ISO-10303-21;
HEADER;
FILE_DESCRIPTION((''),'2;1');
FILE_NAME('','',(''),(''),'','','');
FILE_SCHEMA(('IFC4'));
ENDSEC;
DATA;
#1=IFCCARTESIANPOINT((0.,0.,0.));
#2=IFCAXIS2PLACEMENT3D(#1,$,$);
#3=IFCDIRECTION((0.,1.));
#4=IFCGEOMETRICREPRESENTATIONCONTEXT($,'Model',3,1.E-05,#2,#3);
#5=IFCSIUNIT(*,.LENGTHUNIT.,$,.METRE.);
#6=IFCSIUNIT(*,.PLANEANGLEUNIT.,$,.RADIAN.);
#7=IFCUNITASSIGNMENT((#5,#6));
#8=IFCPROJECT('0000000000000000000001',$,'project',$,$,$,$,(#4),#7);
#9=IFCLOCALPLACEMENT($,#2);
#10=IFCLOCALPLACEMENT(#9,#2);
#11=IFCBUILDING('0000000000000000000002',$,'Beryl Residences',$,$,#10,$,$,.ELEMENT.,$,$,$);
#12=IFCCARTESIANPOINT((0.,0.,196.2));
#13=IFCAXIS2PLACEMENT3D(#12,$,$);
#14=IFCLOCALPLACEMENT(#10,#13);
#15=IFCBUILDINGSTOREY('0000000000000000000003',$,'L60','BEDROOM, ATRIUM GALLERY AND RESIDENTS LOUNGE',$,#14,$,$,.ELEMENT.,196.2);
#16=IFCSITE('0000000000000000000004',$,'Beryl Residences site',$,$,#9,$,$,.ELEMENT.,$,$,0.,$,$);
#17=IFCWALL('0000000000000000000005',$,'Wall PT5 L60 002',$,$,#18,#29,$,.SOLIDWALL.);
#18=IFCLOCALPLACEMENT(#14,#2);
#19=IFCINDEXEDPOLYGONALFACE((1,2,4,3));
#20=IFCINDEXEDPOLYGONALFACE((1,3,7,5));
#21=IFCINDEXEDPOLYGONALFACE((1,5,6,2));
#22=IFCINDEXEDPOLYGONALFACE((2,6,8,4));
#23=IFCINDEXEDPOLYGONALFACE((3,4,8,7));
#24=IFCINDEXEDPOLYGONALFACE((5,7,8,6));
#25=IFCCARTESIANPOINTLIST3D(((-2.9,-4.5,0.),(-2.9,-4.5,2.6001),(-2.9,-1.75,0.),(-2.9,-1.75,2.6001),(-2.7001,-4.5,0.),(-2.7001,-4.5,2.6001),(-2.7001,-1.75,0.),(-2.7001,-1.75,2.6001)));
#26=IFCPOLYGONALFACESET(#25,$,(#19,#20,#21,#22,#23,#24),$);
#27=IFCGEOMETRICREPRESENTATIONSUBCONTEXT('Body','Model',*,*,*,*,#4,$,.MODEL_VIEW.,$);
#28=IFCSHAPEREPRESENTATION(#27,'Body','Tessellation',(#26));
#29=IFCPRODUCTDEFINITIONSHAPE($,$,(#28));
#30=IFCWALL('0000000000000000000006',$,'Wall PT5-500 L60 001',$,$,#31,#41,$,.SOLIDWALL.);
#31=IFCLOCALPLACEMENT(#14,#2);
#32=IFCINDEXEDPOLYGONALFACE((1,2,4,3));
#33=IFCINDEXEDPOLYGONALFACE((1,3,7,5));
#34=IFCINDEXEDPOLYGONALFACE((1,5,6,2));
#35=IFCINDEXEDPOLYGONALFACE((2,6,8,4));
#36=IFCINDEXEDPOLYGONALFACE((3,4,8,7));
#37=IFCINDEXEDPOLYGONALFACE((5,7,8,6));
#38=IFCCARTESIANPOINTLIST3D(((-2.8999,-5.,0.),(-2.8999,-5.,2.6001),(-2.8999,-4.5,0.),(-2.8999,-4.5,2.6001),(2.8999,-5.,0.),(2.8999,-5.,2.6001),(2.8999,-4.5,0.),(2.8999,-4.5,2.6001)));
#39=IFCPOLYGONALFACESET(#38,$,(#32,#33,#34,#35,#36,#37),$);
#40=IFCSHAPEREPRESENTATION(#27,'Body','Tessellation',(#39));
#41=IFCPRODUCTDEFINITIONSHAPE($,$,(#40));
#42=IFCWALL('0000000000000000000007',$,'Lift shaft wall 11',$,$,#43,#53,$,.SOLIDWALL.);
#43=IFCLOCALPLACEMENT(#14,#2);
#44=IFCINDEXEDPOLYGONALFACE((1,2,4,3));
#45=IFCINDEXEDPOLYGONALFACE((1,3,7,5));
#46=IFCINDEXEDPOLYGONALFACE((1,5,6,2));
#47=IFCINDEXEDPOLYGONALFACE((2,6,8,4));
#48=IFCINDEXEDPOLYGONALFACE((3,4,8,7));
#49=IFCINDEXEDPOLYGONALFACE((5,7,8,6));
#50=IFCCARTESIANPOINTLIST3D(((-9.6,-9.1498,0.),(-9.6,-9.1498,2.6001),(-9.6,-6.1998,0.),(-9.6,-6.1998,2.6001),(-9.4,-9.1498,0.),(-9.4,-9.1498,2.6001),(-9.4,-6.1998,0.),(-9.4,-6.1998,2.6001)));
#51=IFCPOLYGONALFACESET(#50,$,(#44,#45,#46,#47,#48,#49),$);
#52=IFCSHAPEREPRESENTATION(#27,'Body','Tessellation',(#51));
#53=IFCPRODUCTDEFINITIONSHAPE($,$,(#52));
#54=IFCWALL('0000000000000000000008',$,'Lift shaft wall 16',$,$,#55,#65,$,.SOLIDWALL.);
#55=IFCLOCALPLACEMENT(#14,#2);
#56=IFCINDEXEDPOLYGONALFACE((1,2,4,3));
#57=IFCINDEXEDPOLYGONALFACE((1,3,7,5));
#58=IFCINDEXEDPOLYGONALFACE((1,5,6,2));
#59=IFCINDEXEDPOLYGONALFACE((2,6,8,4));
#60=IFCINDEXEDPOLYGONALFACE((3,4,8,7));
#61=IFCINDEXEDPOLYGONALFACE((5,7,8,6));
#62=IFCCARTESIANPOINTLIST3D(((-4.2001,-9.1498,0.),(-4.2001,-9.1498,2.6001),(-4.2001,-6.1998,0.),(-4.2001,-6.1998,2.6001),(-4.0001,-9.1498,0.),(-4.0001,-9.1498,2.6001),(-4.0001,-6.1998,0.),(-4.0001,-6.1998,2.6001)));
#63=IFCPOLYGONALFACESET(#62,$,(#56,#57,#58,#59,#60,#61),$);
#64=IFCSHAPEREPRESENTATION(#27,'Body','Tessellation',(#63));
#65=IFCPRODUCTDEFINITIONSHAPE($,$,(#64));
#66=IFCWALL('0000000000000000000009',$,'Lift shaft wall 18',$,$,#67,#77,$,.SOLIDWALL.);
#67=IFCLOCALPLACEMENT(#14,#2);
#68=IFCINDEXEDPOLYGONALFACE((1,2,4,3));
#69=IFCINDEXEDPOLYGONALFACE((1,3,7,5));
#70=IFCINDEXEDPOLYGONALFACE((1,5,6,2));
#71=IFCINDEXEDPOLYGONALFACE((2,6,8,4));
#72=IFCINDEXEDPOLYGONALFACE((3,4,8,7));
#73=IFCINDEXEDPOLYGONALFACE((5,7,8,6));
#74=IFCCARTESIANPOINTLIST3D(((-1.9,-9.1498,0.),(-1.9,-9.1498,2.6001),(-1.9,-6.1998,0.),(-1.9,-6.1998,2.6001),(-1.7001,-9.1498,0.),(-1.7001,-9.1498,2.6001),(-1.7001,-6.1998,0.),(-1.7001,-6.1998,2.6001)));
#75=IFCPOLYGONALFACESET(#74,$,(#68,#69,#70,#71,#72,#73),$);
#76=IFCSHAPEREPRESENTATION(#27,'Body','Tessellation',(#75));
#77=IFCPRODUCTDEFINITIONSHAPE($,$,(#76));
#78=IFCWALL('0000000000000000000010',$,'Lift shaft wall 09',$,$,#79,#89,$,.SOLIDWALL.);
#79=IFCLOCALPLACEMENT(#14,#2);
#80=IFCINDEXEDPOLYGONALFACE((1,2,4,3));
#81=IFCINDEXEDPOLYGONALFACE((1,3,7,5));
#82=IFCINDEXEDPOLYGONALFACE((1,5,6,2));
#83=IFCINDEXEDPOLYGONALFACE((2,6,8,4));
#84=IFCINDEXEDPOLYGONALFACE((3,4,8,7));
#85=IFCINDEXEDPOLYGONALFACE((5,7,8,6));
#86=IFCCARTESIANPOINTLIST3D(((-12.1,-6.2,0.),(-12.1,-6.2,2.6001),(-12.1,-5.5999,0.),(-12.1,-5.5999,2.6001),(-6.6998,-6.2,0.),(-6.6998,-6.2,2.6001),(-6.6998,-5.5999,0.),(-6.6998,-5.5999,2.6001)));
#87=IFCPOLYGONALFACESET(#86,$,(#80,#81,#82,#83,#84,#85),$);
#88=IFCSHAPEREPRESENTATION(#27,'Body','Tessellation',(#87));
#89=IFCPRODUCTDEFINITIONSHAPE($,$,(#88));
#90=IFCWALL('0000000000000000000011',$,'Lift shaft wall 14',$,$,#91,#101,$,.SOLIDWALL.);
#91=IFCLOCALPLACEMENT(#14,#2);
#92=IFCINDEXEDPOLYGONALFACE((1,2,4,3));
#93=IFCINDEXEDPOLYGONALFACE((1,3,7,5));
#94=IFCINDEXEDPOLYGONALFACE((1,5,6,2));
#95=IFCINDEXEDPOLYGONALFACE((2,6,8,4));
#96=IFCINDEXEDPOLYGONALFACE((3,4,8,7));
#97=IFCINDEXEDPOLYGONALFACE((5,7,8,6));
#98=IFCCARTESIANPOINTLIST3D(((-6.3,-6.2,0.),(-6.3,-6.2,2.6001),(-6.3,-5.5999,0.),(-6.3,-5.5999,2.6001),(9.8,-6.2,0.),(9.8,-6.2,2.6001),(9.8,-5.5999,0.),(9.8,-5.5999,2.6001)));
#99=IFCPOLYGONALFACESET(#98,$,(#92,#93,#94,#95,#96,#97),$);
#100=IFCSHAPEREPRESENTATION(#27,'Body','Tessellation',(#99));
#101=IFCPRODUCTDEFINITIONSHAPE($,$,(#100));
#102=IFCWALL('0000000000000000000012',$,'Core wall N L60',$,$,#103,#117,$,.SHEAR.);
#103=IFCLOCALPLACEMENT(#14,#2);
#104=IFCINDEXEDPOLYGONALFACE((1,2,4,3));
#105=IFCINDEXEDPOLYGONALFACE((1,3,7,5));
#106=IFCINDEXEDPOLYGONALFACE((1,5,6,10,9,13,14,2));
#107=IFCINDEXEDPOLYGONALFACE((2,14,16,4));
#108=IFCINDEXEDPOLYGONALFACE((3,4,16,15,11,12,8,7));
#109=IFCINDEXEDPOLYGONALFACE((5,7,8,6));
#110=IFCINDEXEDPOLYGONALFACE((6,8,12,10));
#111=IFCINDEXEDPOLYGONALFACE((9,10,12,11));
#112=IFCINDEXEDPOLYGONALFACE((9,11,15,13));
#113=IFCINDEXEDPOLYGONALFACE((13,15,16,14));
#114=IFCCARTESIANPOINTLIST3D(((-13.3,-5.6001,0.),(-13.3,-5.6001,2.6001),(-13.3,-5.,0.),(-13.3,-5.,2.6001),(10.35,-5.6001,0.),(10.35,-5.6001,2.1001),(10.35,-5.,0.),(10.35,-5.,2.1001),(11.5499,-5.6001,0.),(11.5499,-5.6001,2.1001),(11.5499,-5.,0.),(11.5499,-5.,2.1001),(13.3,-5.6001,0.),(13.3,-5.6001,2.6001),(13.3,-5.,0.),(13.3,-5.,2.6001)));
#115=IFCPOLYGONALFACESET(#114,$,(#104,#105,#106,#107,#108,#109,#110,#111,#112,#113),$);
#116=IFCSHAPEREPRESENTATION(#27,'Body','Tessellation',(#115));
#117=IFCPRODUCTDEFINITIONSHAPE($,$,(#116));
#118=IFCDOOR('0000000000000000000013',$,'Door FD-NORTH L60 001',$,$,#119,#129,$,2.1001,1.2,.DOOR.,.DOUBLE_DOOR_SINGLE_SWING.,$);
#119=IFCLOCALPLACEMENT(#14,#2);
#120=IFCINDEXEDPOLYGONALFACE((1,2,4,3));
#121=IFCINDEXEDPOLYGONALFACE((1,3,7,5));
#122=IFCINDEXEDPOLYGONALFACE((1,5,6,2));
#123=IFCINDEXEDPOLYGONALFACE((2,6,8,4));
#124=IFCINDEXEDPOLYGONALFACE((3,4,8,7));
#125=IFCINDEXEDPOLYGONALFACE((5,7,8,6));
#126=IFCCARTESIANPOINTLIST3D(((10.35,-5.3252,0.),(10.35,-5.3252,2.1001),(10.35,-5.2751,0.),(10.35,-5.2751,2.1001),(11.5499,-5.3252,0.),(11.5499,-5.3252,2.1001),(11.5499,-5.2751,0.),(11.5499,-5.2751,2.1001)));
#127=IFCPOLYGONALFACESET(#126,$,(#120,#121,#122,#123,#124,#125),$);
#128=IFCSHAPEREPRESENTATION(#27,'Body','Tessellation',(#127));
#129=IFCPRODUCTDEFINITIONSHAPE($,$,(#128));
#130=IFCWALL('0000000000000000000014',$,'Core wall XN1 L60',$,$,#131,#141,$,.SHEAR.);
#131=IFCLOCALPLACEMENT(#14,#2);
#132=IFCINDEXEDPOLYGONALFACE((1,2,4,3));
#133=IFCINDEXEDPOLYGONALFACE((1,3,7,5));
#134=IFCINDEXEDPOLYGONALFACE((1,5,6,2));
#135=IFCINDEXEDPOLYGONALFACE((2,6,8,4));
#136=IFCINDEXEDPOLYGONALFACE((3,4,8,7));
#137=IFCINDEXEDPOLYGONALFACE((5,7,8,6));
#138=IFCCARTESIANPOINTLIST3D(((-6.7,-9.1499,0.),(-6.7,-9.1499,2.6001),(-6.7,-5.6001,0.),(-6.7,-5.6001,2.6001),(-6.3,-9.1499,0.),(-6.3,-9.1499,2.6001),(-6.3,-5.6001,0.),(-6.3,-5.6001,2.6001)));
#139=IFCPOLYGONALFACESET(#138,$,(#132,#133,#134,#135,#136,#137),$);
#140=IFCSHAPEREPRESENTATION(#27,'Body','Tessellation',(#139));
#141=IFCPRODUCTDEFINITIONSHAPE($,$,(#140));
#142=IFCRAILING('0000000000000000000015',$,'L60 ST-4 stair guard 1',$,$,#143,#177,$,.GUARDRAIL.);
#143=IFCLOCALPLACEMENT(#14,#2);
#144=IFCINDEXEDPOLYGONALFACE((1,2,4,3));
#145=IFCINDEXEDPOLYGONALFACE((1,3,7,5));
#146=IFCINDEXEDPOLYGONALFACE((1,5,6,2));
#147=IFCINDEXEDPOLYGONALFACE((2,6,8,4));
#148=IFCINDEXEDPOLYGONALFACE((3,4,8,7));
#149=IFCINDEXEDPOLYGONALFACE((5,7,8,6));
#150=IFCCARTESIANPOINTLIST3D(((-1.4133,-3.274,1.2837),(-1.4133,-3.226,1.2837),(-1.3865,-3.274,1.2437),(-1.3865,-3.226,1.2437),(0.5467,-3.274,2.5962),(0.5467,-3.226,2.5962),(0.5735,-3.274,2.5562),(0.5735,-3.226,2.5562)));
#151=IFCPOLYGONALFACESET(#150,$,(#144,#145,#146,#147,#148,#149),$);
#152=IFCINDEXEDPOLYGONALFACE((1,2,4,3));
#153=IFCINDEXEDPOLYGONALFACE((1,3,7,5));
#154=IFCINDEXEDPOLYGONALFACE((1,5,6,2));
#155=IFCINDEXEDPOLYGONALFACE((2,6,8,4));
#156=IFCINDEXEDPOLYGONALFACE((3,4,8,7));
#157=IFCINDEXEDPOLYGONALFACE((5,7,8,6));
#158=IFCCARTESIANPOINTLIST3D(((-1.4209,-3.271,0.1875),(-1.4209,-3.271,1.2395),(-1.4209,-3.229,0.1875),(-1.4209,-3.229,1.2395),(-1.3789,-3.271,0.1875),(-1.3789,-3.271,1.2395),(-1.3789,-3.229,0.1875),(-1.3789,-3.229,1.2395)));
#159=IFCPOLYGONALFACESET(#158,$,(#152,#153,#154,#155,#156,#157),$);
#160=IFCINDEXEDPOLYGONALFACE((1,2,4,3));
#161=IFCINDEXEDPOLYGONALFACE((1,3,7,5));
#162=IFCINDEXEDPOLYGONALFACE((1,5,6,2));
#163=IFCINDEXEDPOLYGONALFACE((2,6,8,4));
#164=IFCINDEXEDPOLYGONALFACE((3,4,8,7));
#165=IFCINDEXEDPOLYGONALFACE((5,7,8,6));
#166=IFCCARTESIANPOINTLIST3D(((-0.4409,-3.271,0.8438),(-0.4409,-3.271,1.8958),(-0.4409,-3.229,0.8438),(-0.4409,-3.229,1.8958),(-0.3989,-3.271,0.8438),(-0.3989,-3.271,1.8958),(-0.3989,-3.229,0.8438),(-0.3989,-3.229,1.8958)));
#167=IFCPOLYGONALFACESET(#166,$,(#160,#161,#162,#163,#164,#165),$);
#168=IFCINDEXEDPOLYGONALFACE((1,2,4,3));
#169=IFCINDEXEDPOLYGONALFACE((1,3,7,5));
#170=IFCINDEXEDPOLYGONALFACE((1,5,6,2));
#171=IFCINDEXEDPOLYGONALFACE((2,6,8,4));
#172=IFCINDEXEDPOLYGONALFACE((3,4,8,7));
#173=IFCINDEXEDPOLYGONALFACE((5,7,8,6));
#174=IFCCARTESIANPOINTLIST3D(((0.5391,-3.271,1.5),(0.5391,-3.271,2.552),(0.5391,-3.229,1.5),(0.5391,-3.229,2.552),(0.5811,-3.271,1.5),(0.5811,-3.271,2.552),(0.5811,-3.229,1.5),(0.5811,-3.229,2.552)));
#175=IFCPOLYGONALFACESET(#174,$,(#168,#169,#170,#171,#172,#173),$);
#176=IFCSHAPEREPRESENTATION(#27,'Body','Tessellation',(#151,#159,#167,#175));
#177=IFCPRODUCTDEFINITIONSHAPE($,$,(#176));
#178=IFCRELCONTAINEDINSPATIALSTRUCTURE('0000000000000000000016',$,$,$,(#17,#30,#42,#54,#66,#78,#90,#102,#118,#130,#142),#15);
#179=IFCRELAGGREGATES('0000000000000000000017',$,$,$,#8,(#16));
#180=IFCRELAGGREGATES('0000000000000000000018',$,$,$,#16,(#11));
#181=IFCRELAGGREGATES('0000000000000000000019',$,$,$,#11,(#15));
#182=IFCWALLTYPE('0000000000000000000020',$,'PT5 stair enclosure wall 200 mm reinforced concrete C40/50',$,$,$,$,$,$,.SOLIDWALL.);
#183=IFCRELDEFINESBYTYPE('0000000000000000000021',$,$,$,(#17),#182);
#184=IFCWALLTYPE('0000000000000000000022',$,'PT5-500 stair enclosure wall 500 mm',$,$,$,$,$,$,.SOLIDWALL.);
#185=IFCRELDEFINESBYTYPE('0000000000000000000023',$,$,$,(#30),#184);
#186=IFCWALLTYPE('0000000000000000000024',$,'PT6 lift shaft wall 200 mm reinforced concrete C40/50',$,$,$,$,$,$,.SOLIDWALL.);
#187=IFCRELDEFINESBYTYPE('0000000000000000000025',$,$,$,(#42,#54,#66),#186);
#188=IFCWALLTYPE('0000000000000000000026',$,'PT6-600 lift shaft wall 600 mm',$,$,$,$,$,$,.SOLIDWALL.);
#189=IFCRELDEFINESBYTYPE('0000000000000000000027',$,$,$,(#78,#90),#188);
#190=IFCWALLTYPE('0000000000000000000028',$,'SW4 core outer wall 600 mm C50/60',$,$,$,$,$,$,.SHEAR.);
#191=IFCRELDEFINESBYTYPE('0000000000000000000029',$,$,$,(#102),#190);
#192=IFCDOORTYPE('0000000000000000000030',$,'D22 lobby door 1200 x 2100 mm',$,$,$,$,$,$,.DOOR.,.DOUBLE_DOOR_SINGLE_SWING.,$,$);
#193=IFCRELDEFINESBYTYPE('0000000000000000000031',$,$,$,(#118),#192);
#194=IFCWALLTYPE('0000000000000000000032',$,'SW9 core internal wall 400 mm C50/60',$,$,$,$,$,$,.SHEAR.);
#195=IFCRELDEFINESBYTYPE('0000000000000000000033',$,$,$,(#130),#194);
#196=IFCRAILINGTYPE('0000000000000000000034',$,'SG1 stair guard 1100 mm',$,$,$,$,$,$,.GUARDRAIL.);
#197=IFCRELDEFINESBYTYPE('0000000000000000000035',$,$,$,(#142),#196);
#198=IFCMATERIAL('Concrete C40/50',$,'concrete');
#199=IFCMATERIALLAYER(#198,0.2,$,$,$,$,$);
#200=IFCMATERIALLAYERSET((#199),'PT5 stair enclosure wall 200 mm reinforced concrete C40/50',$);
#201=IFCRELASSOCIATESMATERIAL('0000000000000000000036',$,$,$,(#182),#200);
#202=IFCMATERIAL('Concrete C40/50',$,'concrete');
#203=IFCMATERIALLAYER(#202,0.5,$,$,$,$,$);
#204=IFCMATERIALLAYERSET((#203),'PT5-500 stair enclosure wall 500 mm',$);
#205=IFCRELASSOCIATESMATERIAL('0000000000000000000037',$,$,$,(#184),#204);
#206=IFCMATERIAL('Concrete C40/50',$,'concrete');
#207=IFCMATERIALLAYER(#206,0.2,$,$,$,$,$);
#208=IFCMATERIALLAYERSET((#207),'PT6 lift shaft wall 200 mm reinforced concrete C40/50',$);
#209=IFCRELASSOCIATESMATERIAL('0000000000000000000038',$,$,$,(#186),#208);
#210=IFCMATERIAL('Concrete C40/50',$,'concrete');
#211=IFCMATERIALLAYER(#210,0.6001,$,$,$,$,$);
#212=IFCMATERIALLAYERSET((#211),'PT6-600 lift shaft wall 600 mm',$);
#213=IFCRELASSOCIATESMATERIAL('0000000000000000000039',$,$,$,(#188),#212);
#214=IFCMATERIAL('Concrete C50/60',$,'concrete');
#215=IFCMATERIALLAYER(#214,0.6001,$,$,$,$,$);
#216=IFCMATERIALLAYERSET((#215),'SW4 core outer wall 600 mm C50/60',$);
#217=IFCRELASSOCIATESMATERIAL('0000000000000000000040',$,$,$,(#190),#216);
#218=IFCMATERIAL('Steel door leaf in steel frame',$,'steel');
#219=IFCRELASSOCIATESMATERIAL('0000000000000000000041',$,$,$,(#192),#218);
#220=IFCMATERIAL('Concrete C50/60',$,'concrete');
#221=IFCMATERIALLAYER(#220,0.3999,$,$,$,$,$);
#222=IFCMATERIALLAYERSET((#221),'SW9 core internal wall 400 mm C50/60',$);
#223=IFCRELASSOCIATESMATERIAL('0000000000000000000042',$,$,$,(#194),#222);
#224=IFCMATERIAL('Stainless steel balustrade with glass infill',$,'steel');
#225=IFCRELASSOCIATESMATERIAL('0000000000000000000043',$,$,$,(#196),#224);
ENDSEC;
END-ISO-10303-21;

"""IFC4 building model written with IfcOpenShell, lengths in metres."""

from ifc_helpers import new_model, si_unit, direction, frame, frame_2d, origin, origin_2d, place, context, subcontext, project, spatial, rectangle, extrude, material, layer, layer_set, type_object, element, fill, save


model = new_model("IFC4")

# Units and contexts
model_context = context("Model", 3, precision=1e-05, world=origin(), true_north=direction((0.0, 1.0)))
body_context = subcontext(model_context, "Body", "Model", "MODEL_VIEW")
ifc_project = project(units=[si_unit("LENGTHUNIT", "METRE"), si_unit("PLANEANGLEUNIT", "RADIAN")], contexts=[model_context])

# Site, building, storey
site_placement = place(None, origin())
site = spatial("IfcSite", under=ifc_project, at=site_placement, Name="Beryl Residences site", CompositionType="ELEMENT", RefElevation=0.0)
building_placement = place(site_placement, origin())
building = spatial("IfcBuilding", under=site, at=building_placement, Name="Beryl Residences", CompositionType="ELEMENT")
storey_placement = place(building_placement, frame((0.0, 0.0, 196.2)))
storey = spatial("IfcBuildingStorey", under=building, at=storey_placement, Name="L60", Description="BEDROOM, ATRIUM GALLERY AND RESIDENTS LOUNGE", CompositionType="ELEMENT", Elevation=196.2)

# Walls
ifc_material_1 = material(Name="Concrete C40/50", Category="concrete")
ifc_layer_1 = layer(ifc_material_1, 0.2)
ifc_layer_set_1 = layer_set([ifc_layer_1], Name="PT5 stair enclosure wall 200 mm reinforced concrete C40/50")
wall_type_1 = type_object("IfcWallType", Name="PT5 stair enclosure wall 200 mm reinforced concrete C40/50", PredefinedType="SOLIDWALL", material=ifc_layer_set_1)
wall_1_placement = place(storey_placement, frame((-2.8, -4.5, 0.0), z_axis=(0.0, 0.0, 1.0), x_axis=(0.0, 1.0, 0.0)))
element("IfcWall", 1, at=wall_1_placement, inside=storey, type_object=wall_type_1, Name="Wall PT5 L60 002", PredefinedType="SOLIDWALL", context=body_context, shape_type="SweptSolid", body=[
    extrude(rectangle(XDim=2.75, YDim=0.2, at=frame_2d((1.375, 0.0))), origin(), (0.0, 0.0, 1.0), 2.6001),
])
ifc_material_2 = material(Name="Concrete C40/50", Category="concrete")
ifc_layer_2 = layer(ifc_material_2, 0.5)
ifc_layer_set_2 = layer_set([ifc_layer_2], Name="PT5-500 stair enclosure wall 500 mm")
wall_type_2 = type_object("IfcWallType", Name="PT5-500 stair enclosure wall 500 mm", PredefinedType="SOLIDWALL", material=ifc_layer_set_2)
wall_2_placement = place(storey_placement, frame((-2.8999, -4.75, 0.0), z_axis=(0.0, 0.0, 1.0), x_axis=(1.0, 0.0, 0.0)))
element("IfcWall", 2, at=wall_2_placement, inside=storey, type_object=wall_type_2, Name="Wall PT5-500 L60 001", PredefinedType="SOLIDWALL", context=body_context, shape_type="SweptSolid", body=[
    extrude(rectangle(XDim=5.7998, YDim=0.5, at=frame_2d((2.8999, 0.0))), origin(), (0.0, 0.0, 1.0), 2.6001),
])
ifc_material_3 = material(Name="Concrete C40/50", Category="concrete")
ifc_layer_3 = layer(ifc_material_3, 0.2)
ifc_layer_set_3 = layer_set([ifc_layer_3], Name="PT6 lift shaft wall 200 mm reinforced concrete C40/50")
wall_type_3 = type_object("IfcWallType", Name="PT6 lift shaft wall 200 mm reinforced concrete C40/50", PredefinedType="SOLIDWALL", material=ifc_layer_set_3)
for number, where, z_axis, x_axis, name in (
    (3, (-9.5, -9.1499, 0.0), (0.0, 0.0, 1.0), (0.0, 1.0, 0.0), "Lift shaft wall 11"),
    (4, (-4.1001, -9.1499, 0.0), (0.0, 0.0, 1.0), (0.0, 1.0, 0.0), "Lift shaft wall 16"),
    (5, (-1.8, -9.1499, 0.0), (0.0, 0.0, 1.0), (0.0, 1.0, 0.0), "Lift shaft wall 18"),
):
    element("IfcWall", number, at=place(storey_placement, frame(where, z_axis=z_axis, x_axis=x_axis)), inside=storey, type_object=wall_type_3, Name=name, PredefinedType="SOLIDWALL", context=body_context, shape_type="SweptSolid", body=[
        extrude(rectangle(XDim=2.95, YDim=0.2, at=frame_2d((1.4751, 0.0))), origin(), (0.0, 0.0, 1.0), 2.6001),
    ])
ifc_material_4 = material(Name="Concrete C40/50", Category="concrete")
ifc_layer_4 = layer(ifc_material_4, 0.6001)
ifc_layer_set_4 = layer_set([ifc_layer_4], Name="PT6-600 lift shaft wall 600 mm")
wall_type_4 = type_object("IfcWallType", Name="PT6-600 lift shaft wall 600 mm", PredefinedType="SOLIDWALL", material=ifc_layer_set_4)
wall_3_placement = place(storey_placement, frame((-12.1001, -5.8999, 0.0), z_axis=(0.0, 0.0, 1.0), x_axis=(1.0, 0.0, 0.0)))
element("IfcWall", 6, at=wall_3_placement, inside=storey, type_object=wall_type_4, Name="Lift shaft wall 09", PredefinedType="SOLIDWALL", context=body_context, shape_type="SweptSolid", body=[
    extrude(rectangle(XDim=5.4001, YDim=0.6001, at=frame_2d((2.7002, 0.0))), origin(), (0.0, 0.0, 1.0), 2.6001),
])
wall_4_placement = place(storey_placement, frame((-6.3, -5.8999, 0.0), z_axis=(0.0, 0.0, 1.0), x_axis=(1.0, 0.0, 0.0)))
element("IfcWall", 7, at=wall_4_placement, inside=storey, type_object=wall_type_4, Name="Lift shaft wall 14", PredefinedType="SOLIDWALL", context=body_context, shape_type="SweptSolid", body=[
    extrude(rectangle(XDim=16.1001, YDim=0.6001, at=frame_2d((8.05, 0.0))), origin(), (0.0, 0.0, 1.0), 2.6001),
])

# Wall, opening, door
ifc_material_5 = material(Name="Concrete C50/60", Category="concrete")
ifc_layer_5 = layer(ifc_material_5, 0.6001)
ifc_layer_set_5 = layer_set([ifc_layer_5], Name="SW4 core outer wall 600 mm C50/60")
wall_type_5 = type_object("IfcWallType", Name="SW4 core outer wall 600 mm C50/60", PredefinedType="SHEAR", material=ifc_layer_set_5)
wall_5_placement = place(storey_placement, frame((-13.3, -5.3, 0.0), z_axis=(0.0, 0.0, 1.0), x_axis=(1.0, 0.0, 0.0)))
wall_5 = element("IfcWall", 8, at=wall_5_placement, inside=storey, type_object=wall_type_5, Name="Core wall N L60", PredefinedType="SHEAR", context=body_context, shape_type="SweptSolid", body=[
    extrude(rectangle(XDim=26.6001, YDim=0.6001, at=frame_2d((13.3, 0.0))), origin(), (0.0, 0.0, 1.0), 2.6001),
])
opening_placement = place(wall_5_placement, frame((23.6499, 0.0, 0.0)))
opening = element("IfcOpeningElement", 9, at=opening_placement, cuts=wall_5, PredefinedType="OPENING", context=body_context, shape_type="SweptSolid", body=[
    extrude(rectangle(XDim=1.2, YDim=2.1001, at=frame_2d((0.6001, 1.05))), frame((0.0, 0.3101, 0.0), z_axis=(0.0, -1.0, 0.0), x_axis=(1.0, 0.0, 0.0)), (0.0, 0.0, 1.0), 0.6201),
])
ifc_material_6 = material(Name="Steel door leaf in steel frame", Category="steel")
door_type = type_object("IfcDoorType", Name="D22 lobby door 1200 x 2100 mm", OperationType="DOUBLE_DOOR_SINGLE_SWING", PredefinedType="DOOR", material=ifc_material_6)
door_placement = place(opening_placement, origin())
door = element("IfcDoor", 10, at=door_placement, inside=storey, type_object=door_type, Name="Door FD-NORTH L60 001", OperationType="DOUBLE_DOOR_SINGLE_SWING", OverallHeight=2.1001, OverallWidth=1.2, PredefinedType="DOOR", context=body_context, shape_type="SweptSolid", body=[
    extrude(rectangle(XDim=1.2, YDim=2.1001, at=frame_2d((0.6001, 1.05))), frame((0.0, 0.0249, 0.0), z_axis=(0.0, -1.0, 0.0), x_axis=(1.0, 0.0, 0.0)), (0.0, 0.0, 1.0), 0.05),
])
fill(opening, door)

# Wall
ifc_material_7 = material(Name="Concrete C50/60", Category="concrete")
ifc_layer_6 = layer(ifc_material_7, 0.3999)
ifc_layer_set_6 = layer_set([ifc_layer_6], Name="SW9 core internal wall 400 mm C50/60")
wall_type_6 = type_object("IfcWallType", Name="SW9 core internal wall 400 mm C50/60", PredefinedType="SHEAR", material=ifc_layer_set_6)
wall_6_placement = place(storey_placement, frame((-6.5, -9.1499, 0.0), z_axis=(0.0, 0.0, 1.0), x_axis=(0.0, 1.0, 0.0)))
element("IfcWall", 11, at=wall_6_placement, inside=storey, type_object=wall_type_6, Name="Core wall XN1 L60", PredefinedType="SHEAR", context=body_context, shape_type="SweptSolid", body=[
    extrude(rectangle(XDim=3.5498, YDim=0.3999, at=frame_2d((1.7749, 0.0))), origin(), (0.0, 0.0, 1.0), 2.6001),
])

# Railing
ifc_material_8 = material(Name="Stainless steel balustrade with glass infill", Category="steel")
railing_type = type_object("IfcRailingType", Name="SG1 stair guard 1100 mm", PredefinedType="GUARDRAIL", material=ifc_material_8)
railing_1_placement = place(storey_placement, frame((-1.3999, -3.25, 0.1875)))
element("IfcRailing", 12, at=railing_1_placement, inside=storey, type_object=railing_type, Name="L60 ST-4 stair guard 1", PredefinedType="GUARDRAIL", context=body_context, shape_type="SweptSolid", body=[
    extrude(rectangle(XDim=0.0481, YDim=0.0481, at=origin_2d()), frame((0.0, 0.0, 1.0762), z_axis=(0.830902, 0.0, 0.556419), x_axis=(0.0, 1.0, 0.0)), (0.0, 0.0, 1.0), 2.3589),
    extrude(rectangle(XDim=0.042, YDim=0.042, at=origin_2d()), origin(), (0.0, 0.0, 1.0), 1.052),
    extrude(rectangle(XDim=0.042, YDim=0.042, at=origin_2d()), frame((0.98, 0.0, 0.6562)), (0.0, 0.0, 1.0), 1.052),
    extrude(rectangle(XDim=0.042, YDim=0.042, at=origin_2d()), frame((1.96, 0.0, 1.3125)), (0.0, 0.0, 1.0), 1.052),
])

save(model, "model.ifc")
